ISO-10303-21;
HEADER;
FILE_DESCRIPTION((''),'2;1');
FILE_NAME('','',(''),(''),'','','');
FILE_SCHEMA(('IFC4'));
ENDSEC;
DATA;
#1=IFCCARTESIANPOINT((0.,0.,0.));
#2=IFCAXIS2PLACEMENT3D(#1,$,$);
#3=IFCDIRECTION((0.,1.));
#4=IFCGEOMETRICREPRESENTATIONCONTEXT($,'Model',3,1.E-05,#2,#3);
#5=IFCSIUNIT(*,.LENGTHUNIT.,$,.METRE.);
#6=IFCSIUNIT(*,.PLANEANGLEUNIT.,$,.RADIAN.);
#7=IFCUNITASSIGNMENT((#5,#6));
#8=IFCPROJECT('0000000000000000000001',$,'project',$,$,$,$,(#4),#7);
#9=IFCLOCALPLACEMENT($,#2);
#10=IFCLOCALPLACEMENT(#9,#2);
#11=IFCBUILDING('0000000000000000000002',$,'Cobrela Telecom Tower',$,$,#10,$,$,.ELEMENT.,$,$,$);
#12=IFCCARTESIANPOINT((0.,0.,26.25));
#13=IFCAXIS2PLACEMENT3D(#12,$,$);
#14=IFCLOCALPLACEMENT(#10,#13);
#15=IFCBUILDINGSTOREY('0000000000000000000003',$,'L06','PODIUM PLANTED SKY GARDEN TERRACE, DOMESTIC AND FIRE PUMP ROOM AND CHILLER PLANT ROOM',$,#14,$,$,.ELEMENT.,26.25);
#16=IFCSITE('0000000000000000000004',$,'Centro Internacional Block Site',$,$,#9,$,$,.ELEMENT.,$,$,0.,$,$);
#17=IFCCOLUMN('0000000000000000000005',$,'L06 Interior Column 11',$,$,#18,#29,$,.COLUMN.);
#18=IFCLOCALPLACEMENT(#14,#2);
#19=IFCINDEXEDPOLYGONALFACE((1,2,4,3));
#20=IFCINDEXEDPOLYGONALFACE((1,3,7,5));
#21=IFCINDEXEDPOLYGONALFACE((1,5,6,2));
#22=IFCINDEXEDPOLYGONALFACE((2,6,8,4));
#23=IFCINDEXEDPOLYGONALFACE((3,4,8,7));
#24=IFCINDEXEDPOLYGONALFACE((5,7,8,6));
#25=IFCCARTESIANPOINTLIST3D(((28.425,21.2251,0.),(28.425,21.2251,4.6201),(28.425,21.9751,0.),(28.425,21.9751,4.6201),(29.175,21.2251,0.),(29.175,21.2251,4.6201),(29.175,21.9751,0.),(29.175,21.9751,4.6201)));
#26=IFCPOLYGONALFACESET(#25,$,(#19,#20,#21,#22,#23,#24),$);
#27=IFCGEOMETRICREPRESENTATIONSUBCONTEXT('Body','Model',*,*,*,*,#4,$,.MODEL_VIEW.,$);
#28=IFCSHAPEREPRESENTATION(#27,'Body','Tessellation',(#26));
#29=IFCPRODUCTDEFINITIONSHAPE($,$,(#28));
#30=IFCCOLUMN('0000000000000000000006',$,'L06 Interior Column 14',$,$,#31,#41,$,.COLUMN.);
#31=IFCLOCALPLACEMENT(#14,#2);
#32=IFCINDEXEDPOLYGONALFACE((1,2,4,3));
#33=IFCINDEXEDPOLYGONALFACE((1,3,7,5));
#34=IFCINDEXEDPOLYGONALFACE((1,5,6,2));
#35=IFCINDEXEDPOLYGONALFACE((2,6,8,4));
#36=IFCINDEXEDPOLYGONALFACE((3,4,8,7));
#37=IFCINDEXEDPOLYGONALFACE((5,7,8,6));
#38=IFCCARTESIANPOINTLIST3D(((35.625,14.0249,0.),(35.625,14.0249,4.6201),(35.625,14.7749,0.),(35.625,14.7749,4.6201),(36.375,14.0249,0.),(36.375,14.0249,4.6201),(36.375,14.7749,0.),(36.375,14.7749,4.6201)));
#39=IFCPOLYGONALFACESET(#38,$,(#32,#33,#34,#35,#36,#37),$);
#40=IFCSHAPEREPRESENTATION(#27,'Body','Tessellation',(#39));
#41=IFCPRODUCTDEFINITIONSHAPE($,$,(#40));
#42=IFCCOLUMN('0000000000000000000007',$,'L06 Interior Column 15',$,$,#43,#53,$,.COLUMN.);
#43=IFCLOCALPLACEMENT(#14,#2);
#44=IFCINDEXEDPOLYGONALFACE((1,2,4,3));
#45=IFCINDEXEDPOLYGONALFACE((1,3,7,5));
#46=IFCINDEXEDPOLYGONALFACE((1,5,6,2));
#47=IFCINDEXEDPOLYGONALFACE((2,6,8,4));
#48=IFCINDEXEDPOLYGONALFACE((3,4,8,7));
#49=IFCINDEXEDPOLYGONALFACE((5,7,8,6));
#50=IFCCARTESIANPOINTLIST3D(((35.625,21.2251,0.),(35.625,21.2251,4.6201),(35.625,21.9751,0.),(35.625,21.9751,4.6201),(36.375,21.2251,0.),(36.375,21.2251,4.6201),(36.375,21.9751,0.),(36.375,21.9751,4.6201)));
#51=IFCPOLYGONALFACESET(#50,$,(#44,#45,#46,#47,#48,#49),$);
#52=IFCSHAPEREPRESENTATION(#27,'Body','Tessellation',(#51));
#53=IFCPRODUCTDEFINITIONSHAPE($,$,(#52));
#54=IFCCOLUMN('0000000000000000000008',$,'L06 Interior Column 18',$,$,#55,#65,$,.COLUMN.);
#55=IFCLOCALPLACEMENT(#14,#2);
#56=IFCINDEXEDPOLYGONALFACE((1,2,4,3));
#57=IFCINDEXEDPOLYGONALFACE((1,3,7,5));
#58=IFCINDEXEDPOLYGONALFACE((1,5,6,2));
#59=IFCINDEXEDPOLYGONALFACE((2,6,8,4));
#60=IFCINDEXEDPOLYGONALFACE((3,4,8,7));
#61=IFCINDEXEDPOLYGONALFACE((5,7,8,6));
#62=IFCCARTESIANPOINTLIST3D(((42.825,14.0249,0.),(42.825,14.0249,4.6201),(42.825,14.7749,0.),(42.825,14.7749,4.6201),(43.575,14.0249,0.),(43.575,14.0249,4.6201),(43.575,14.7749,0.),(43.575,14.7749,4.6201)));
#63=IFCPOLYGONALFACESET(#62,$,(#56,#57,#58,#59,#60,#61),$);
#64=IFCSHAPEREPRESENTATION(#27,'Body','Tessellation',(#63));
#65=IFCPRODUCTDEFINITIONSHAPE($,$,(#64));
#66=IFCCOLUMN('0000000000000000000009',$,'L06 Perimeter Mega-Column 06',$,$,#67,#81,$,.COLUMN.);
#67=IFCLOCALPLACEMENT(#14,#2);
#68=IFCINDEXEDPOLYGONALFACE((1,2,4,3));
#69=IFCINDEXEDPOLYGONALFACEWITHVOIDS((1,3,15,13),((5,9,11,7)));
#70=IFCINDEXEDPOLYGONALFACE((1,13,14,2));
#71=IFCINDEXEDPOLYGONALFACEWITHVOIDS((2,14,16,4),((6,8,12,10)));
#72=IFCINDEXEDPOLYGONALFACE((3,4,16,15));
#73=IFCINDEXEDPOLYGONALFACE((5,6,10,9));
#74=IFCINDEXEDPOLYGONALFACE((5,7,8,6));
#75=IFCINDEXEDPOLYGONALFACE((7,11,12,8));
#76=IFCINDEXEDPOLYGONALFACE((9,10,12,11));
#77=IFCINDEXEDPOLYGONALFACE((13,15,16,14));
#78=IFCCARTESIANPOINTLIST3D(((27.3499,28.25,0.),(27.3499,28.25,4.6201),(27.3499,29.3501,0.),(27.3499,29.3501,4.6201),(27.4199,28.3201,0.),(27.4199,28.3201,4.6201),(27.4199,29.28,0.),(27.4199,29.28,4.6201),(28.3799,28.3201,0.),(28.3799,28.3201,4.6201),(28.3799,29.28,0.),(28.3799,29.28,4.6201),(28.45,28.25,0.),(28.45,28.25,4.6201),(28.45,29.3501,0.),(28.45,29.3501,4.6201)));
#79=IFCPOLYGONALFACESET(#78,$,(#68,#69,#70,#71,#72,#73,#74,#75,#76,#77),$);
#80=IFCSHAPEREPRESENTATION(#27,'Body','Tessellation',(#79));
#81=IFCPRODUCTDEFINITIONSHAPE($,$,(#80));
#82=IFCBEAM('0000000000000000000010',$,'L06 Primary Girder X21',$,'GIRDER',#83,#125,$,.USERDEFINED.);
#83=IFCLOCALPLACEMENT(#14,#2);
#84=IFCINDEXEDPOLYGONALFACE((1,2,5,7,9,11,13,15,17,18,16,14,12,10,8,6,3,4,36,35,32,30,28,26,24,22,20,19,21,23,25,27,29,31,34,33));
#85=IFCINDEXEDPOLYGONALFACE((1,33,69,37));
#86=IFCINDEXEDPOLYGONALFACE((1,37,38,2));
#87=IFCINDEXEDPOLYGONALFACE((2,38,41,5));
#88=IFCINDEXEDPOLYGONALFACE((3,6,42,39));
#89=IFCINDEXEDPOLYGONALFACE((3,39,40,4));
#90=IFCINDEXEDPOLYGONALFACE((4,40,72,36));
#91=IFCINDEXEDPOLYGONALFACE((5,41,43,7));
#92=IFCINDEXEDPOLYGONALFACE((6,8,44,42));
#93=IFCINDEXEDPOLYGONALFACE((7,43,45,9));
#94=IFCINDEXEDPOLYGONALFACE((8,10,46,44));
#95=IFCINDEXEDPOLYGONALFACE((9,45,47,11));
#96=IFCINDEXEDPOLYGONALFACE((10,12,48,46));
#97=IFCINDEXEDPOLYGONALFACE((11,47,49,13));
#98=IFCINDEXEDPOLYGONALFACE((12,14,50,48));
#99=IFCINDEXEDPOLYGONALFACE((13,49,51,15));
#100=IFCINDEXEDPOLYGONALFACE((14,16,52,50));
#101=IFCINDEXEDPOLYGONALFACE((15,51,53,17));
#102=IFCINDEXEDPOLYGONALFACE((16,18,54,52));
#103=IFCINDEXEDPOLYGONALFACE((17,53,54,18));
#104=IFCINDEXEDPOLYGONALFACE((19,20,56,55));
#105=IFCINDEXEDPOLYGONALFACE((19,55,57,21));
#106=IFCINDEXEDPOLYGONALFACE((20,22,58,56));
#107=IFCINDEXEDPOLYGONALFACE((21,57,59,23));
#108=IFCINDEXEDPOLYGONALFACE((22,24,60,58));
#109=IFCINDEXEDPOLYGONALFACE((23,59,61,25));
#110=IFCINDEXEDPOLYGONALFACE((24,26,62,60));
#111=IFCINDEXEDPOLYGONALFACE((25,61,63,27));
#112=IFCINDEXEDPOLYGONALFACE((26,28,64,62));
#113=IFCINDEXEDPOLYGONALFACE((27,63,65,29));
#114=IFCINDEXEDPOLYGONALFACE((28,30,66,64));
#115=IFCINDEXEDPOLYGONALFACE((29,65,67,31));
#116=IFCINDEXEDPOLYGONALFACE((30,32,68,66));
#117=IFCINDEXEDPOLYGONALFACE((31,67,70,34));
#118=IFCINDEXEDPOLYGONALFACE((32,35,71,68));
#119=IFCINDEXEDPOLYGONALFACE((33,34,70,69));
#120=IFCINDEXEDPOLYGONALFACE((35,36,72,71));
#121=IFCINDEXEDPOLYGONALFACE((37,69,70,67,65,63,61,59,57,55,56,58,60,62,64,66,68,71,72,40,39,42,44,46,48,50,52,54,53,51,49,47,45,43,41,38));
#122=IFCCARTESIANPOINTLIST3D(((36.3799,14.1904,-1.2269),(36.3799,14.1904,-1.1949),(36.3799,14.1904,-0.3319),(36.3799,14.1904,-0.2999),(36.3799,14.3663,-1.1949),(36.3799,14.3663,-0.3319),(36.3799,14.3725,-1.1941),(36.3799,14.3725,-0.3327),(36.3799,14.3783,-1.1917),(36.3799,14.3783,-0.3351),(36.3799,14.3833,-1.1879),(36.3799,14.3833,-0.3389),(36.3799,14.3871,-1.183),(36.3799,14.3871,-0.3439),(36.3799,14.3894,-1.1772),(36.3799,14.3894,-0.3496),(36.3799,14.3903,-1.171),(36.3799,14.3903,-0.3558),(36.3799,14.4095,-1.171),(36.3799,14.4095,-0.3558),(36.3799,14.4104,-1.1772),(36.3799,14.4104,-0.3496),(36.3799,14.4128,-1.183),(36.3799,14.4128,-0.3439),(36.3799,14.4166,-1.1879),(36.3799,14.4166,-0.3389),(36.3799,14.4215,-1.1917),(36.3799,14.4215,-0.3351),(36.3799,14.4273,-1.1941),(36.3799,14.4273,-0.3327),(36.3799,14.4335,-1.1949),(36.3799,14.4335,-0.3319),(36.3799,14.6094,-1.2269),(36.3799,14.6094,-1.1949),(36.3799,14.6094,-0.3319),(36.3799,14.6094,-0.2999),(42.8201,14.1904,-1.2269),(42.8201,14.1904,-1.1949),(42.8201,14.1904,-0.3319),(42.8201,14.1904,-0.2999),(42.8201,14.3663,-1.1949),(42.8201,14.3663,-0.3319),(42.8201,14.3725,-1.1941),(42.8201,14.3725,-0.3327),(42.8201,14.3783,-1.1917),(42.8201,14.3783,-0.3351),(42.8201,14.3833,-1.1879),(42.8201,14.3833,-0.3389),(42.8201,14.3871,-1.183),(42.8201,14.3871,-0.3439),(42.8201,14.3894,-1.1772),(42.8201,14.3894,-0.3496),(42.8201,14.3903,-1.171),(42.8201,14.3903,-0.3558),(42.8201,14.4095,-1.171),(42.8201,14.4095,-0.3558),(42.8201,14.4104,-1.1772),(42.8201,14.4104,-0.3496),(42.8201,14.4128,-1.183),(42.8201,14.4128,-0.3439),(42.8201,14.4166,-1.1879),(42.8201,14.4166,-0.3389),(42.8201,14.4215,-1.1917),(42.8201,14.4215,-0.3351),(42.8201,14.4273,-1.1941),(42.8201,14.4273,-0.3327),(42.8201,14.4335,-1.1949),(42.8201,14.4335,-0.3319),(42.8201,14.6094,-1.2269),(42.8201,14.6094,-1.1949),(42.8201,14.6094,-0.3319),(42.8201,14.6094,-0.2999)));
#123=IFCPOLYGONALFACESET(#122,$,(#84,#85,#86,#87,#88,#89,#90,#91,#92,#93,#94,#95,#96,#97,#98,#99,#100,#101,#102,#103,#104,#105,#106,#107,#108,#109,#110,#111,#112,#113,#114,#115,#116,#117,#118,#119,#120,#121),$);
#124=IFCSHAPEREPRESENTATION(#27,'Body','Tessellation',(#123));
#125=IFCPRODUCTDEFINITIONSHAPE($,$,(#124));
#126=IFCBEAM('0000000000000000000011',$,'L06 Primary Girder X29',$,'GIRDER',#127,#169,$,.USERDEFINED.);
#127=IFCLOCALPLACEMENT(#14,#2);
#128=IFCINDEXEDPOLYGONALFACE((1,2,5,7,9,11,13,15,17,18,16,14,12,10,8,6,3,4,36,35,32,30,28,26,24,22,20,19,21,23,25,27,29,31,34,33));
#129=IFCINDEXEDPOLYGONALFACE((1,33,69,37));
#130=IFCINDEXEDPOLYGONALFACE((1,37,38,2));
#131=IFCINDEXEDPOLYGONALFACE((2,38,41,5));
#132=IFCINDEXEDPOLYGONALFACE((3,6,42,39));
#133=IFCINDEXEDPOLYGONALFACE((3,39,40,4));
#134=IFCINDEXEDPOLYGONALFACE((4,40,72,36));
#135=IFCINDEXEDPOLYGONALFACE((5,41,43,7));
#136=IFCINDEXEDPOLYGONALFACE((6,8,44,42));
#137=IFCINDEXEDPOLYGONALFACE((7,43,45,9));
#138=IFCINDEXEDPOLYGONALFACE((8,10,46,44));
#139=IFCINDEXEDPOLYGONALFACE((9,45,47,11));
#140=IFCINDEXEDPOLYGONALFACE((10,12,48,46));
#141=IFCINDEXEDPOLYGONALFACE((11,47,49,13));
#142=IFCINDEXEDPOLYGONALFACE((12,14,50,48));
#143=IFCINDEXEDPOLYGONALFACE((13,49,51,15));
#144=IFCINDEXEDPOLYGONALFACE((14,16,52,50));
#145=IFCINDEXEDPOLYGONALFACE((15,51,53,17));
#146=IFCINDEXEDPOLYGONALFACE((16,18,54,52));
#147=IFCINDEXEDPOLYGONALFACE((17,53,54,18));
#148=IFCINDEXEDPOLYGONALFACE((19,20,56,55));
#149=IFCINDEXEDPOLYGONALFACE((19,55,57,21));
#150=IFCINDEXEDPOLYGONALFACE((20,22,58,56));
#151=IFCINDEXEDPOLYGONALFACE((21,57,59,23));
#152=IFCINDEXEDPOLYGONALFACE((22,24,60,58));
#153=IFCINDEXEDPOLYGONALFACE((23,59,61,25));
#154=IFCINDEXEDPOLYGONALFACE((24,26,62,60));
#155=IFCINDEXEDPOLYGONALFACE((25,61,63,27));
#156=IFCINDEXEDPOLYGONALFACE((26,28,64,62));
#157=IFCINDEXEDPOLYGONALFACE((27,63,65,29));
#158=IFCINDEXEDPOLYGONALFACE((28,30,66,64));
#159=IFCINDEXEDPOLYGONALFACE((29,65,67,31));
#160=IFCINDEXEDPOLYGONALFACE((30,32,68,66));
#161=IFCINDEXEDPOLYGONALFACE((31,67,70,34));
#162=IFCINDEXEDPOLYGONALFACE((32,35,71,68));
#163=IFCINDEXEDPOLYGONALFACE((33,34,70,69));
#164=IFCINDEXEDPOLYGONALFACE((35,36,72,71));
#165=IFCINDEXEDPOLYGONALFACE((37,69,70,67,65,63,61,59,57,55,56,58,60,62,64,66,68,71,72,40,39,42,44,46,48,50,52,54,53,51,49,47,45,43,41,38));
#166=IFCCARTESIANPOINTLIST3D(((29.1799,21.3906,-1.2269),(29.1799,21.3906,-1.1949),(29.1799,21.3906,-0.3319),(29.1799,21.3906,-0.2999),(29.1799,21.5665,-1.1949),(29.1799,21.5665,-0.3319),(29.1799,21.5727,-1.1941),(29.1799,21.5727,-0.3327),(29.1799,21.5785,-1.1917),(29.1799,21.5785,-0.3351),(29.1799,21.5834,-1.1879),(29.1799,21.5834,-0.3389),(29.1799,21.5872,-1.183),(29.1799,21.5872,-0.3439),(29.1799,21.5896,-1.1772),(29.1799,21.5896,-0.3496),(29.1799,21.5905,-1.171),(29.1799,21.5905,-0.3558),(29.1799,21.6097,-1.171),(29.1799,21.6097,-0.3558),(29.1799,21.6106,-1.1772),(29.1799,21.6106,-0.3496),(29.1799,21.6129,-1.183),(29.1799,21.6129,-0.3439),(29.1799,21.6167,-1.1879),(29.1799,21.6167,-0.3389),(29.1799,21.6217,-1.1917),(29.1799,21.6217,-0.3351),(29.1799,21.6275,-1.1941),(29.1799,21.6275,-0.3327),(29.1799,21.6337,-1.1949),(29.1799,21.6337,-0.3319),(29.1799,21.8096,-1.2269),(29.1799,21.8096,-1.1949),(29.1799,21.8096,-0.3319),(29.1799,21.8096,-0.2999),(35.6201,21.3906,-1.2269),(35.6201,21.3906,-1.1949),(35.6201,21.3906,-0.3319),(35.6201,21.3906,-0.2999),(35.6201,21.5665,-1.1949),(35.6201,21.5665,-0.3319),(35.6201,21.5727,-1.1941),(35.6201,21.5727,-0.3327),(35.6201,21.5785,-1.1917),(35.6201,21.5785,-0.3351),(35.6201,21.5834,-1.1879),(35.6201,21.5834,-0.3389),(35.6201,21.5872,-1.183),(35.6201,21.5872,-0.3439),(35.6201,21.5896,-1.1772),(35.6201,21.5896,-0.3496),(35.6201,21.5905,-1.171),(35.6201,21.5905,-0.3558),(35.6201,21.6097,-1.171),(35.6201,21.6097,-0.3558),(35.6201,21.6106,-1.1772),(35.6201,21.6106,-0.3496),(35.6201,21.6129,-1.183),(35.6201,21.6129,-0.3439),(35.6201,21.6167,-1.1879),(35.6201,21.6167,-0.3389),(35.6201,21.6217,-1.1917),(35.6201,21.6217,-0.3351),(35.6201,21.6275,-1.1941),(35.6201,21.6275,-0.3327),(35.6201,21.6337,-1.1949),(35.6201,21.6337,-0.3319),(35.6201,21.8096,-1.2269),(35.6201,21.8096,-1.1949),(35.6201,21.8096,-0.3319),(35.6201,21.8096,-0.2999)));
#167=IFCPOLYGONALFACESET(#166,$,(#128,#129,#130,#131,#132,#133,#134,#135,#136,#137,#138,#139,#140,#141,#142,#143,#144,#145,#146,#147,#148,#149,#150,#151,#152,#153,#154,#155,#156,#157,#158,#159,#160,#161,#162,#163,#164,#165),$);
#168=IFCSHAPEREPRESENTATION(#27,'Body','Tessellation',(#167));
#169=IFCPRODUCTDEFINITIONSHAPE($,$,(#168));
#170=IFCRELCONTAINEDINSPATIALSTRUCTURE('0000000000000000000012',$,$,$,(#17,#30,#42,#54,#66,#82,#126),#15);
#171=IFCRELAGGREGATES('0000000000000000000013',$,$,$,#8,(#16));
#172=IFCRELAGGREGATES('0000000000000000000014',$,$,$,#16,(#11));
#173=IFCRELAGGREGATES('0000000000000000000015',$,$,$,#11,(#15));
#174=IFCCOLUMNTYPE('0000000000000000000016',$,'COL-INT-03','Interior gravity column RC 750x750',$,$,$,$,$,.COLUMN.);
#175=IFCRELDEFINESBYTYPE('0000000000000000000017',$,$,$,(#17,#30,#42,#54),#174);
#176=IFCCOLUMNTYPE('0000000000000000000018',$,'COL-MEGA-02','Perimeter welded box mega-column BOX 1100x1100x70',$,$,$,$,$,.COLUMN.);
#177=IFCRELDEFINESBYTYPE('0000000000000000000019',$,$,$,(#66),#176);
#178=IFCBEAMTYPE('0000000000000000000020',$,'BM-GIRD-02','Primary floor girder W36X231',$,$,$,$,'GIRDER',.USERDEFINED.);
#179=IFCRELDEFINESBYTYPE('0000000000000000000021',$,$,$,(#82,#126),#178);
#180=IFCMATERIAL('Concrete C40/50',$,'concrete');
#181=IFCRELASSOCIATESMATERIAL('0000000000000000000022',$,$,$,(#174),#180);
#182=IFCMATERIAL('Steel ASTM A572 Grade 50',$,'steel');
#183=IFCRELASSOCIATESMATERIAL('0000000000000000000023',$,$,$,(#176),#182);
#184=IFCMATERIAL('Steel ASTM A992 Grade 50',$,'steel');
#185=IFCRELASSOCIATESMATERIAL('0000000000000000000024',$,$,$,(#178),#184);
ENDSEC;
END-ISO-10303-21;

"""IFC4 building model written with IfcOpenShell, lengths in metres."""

from ifc_helpers import new_model, si_unit, direction, frame, origin, origin_2d, place, context, subcontext, project, spatial, rectangle, hollow_rectangle, i_section, extrude, material, material_profile, profile_set, type_object, element, save


model = new_model("IFC4")

# Units and contexts
model_context = context("Model", 3, precision=1e-05, world=origin(), true_north=direction((0.0, 1.0)))
body_context = subcontext(model_context, "Body", "Model", "MODEL_VIEW")
ifc_project = project(units=[si_unit("LENGTHUNIT", "METRE"), si_unit("PLANEANGLEUNIT", "RADIAN")], contexts=[model_context])

# Site, building, storey
site_placement = place(None, origin())
site = spatial("IfcSite", under=ifc_project, at=site_placement, Name="Centro Internacional Block Site", CompositionType="ELEMENT", RefElevation=0.0)
building_placement = place(site_placement, origin())
building = spatial("IfcBuilding", under=site, at=building_placement, Name="Cobrela Telecom Tower", CompositionType="ELEMENT")
storey_placement = place(building_placement, frame((0.0, 0.0, 26.25)))
storey = spatial("IfcBuildingStorey", under=building, at=storey_placement, Name="L06", Description="PODIUM PLANTED SKY GARDEN TERRACE, DOMESTIC AND FIRE PUMP ROOM AND CHILLER PLANT ROOM", CompositionType="ELEMENT", Elevation=26.25)

# Columns
ifc_material_1 = material(Name="Concrete C40/50", Category="concrete")
ifc_material_profile_1 = material_profile(ifc_material_1, rectangle(XDim=0.75, YDim=0.75, at=origin_2d()), Name="RC 750x750")
ifc_profile_set_1 = profile_set([ifc_material_profile_1], Name="Concrete C40/50")
column_type_1 = type_object("IfcColumnType", Name="COL-INT-03", Description="Interior gravity column RC 750x750", PredefinedType="COLUMN", material=ifc_profile_set_1)
for number, where, z_axis, x_axis, name in (
    (1, (28.8, 21.6001, 0.0), (0.0, 0.0, 1.0), (1.0, 0.0, 0.0), "L06 Interior Column 11"),
    (2, (36.0, 14.3999, 0.0), (0.0, 0.0, 1.0), (1.0, 0.0, 0.0), "L06 Interior Column 14"),
    (3, (36.0, 21.6001, 0.0), (0.0, 0.0, 1.0), (1.0, 0.0, 0.0), "L06 Interior Column 15"),
    (4, (43.2, 14.3999, 0.0), (0.0, 0.0, 1.0), (1.0, 0.0, 0.0), "L06 Interior Column 18"),
):
    element("IfcColumn", number, at=place(storey_placement, frame(where, z_axis=z_axis, x_axis=x_axis)), inside=storey, type_object=column_type_1, Name=name, PredefinedType="COLUMN", context=body_context, shape_type="SweptSolid", body=[
        extrude(rectangle(XDim=0.75, YDim=0.75, at=origin_2d()), origin(), (0.0, 0.0, 1.0), 4.6201),
    ])
ifc_material_2 = material(Name="Steel ASTM A572 Grade 50", Category="steel")
ifc_material_profile_2 = material_profile(ifc_material_2, hollow_rectangle(XDim=1.1001, YDim=1.1001, WallThickness=0.0701, at=origin_2d()), Name="BOX 1100x1100x70")
ifc_profile_set_2 = profile_set([ifc_material_profile_2], Name="Steel ASTM A572 Grade 50")
column_type_2 = type_object("IfcColumnType", Name="COL-MEGA-02", Description="Perimeter welded box mega-column BOX 1100x1100x70", PredefinedType="COLUMN", material=ifc_profile_set_2)
column_placement = place(storey_placement, frame((27.8999, 28.8, 0.0), z_axis=(0.0, 0.0, 1.0), x_axis=(1.0, 0.0, 0.0)))
element("IfcColumn", 5, at=column_placement, inside=storey, type_object=column_type_2, Name="L06 Perimeter Mega-Column 06", PredefinedType="COLUMN", context=body_context, shape_type="SweptSolid", body=[
    extrude(hollow_rectangle(XDim=1.1001, YDim=1.1001, WallThickness=0.0701, at=origin_2d()), origin(), (0.0, 0.0, 1.0), 4.6201),
])

# Beams
ifc_material_3 = material(Name="Steel ASTM A992 Grade 50", Category="steel")
ifc_material_profile_3 = material_profile(ifc_material_3, i_section(OverallWidth=0.4189, OverallDepth=0.927, WebThickness=0.0193, FlangeThickness=0.032, FilletRadius=0.0239, at=origin_2d()), Name="W36X231")
ifc_profile_set_3 = profile_set([ifc_material_profile_3], Name="Steel ASTM A992 Grade 50")
beam_type_1 = type_object("IfcBeamType", Name="BM-GIRD-02", Description="Primary floor girder W36X231", ElementType="GIRDER", PredefinedType="USERDEFINED", material=ifc_profile_set_3)
for number, where, z_axis, x_axis, name in (
    (6, (36.3799, 14.3999, -0.7634), (1.0, 0.0, 0.0), (0.0, 1.0, 0.0), "L06 Primary Girder X21"),
    (7, (29.1799, 21.6001, -0.7634), (1.0, 0.0, 0.0), (0.0, 1.0, 0.0), "L06 Primary Girder X29"),
):
    element("IfcBeam", number, at=place(storey_placement, frame(where, z_axis=z_axis, x_axis=x_axis)), inside=storey, type_object=beam_type_1, Name=name, ObjectType="GIRDER", PredefinedType="USERDEFINED", context=body_context, shape_type="SweptSolid", body=[
        extrude(i_section(OverallWidth=0.4189, OverallDepth=0.927, WebThickness=0.0193, FlangeThickness=0.032, FilletRadius=0.0239, at=origin_2d()), origin(), (0.0, 0.0, 1.0), 6.4402),
    ])

save(model, "model.ifc")
